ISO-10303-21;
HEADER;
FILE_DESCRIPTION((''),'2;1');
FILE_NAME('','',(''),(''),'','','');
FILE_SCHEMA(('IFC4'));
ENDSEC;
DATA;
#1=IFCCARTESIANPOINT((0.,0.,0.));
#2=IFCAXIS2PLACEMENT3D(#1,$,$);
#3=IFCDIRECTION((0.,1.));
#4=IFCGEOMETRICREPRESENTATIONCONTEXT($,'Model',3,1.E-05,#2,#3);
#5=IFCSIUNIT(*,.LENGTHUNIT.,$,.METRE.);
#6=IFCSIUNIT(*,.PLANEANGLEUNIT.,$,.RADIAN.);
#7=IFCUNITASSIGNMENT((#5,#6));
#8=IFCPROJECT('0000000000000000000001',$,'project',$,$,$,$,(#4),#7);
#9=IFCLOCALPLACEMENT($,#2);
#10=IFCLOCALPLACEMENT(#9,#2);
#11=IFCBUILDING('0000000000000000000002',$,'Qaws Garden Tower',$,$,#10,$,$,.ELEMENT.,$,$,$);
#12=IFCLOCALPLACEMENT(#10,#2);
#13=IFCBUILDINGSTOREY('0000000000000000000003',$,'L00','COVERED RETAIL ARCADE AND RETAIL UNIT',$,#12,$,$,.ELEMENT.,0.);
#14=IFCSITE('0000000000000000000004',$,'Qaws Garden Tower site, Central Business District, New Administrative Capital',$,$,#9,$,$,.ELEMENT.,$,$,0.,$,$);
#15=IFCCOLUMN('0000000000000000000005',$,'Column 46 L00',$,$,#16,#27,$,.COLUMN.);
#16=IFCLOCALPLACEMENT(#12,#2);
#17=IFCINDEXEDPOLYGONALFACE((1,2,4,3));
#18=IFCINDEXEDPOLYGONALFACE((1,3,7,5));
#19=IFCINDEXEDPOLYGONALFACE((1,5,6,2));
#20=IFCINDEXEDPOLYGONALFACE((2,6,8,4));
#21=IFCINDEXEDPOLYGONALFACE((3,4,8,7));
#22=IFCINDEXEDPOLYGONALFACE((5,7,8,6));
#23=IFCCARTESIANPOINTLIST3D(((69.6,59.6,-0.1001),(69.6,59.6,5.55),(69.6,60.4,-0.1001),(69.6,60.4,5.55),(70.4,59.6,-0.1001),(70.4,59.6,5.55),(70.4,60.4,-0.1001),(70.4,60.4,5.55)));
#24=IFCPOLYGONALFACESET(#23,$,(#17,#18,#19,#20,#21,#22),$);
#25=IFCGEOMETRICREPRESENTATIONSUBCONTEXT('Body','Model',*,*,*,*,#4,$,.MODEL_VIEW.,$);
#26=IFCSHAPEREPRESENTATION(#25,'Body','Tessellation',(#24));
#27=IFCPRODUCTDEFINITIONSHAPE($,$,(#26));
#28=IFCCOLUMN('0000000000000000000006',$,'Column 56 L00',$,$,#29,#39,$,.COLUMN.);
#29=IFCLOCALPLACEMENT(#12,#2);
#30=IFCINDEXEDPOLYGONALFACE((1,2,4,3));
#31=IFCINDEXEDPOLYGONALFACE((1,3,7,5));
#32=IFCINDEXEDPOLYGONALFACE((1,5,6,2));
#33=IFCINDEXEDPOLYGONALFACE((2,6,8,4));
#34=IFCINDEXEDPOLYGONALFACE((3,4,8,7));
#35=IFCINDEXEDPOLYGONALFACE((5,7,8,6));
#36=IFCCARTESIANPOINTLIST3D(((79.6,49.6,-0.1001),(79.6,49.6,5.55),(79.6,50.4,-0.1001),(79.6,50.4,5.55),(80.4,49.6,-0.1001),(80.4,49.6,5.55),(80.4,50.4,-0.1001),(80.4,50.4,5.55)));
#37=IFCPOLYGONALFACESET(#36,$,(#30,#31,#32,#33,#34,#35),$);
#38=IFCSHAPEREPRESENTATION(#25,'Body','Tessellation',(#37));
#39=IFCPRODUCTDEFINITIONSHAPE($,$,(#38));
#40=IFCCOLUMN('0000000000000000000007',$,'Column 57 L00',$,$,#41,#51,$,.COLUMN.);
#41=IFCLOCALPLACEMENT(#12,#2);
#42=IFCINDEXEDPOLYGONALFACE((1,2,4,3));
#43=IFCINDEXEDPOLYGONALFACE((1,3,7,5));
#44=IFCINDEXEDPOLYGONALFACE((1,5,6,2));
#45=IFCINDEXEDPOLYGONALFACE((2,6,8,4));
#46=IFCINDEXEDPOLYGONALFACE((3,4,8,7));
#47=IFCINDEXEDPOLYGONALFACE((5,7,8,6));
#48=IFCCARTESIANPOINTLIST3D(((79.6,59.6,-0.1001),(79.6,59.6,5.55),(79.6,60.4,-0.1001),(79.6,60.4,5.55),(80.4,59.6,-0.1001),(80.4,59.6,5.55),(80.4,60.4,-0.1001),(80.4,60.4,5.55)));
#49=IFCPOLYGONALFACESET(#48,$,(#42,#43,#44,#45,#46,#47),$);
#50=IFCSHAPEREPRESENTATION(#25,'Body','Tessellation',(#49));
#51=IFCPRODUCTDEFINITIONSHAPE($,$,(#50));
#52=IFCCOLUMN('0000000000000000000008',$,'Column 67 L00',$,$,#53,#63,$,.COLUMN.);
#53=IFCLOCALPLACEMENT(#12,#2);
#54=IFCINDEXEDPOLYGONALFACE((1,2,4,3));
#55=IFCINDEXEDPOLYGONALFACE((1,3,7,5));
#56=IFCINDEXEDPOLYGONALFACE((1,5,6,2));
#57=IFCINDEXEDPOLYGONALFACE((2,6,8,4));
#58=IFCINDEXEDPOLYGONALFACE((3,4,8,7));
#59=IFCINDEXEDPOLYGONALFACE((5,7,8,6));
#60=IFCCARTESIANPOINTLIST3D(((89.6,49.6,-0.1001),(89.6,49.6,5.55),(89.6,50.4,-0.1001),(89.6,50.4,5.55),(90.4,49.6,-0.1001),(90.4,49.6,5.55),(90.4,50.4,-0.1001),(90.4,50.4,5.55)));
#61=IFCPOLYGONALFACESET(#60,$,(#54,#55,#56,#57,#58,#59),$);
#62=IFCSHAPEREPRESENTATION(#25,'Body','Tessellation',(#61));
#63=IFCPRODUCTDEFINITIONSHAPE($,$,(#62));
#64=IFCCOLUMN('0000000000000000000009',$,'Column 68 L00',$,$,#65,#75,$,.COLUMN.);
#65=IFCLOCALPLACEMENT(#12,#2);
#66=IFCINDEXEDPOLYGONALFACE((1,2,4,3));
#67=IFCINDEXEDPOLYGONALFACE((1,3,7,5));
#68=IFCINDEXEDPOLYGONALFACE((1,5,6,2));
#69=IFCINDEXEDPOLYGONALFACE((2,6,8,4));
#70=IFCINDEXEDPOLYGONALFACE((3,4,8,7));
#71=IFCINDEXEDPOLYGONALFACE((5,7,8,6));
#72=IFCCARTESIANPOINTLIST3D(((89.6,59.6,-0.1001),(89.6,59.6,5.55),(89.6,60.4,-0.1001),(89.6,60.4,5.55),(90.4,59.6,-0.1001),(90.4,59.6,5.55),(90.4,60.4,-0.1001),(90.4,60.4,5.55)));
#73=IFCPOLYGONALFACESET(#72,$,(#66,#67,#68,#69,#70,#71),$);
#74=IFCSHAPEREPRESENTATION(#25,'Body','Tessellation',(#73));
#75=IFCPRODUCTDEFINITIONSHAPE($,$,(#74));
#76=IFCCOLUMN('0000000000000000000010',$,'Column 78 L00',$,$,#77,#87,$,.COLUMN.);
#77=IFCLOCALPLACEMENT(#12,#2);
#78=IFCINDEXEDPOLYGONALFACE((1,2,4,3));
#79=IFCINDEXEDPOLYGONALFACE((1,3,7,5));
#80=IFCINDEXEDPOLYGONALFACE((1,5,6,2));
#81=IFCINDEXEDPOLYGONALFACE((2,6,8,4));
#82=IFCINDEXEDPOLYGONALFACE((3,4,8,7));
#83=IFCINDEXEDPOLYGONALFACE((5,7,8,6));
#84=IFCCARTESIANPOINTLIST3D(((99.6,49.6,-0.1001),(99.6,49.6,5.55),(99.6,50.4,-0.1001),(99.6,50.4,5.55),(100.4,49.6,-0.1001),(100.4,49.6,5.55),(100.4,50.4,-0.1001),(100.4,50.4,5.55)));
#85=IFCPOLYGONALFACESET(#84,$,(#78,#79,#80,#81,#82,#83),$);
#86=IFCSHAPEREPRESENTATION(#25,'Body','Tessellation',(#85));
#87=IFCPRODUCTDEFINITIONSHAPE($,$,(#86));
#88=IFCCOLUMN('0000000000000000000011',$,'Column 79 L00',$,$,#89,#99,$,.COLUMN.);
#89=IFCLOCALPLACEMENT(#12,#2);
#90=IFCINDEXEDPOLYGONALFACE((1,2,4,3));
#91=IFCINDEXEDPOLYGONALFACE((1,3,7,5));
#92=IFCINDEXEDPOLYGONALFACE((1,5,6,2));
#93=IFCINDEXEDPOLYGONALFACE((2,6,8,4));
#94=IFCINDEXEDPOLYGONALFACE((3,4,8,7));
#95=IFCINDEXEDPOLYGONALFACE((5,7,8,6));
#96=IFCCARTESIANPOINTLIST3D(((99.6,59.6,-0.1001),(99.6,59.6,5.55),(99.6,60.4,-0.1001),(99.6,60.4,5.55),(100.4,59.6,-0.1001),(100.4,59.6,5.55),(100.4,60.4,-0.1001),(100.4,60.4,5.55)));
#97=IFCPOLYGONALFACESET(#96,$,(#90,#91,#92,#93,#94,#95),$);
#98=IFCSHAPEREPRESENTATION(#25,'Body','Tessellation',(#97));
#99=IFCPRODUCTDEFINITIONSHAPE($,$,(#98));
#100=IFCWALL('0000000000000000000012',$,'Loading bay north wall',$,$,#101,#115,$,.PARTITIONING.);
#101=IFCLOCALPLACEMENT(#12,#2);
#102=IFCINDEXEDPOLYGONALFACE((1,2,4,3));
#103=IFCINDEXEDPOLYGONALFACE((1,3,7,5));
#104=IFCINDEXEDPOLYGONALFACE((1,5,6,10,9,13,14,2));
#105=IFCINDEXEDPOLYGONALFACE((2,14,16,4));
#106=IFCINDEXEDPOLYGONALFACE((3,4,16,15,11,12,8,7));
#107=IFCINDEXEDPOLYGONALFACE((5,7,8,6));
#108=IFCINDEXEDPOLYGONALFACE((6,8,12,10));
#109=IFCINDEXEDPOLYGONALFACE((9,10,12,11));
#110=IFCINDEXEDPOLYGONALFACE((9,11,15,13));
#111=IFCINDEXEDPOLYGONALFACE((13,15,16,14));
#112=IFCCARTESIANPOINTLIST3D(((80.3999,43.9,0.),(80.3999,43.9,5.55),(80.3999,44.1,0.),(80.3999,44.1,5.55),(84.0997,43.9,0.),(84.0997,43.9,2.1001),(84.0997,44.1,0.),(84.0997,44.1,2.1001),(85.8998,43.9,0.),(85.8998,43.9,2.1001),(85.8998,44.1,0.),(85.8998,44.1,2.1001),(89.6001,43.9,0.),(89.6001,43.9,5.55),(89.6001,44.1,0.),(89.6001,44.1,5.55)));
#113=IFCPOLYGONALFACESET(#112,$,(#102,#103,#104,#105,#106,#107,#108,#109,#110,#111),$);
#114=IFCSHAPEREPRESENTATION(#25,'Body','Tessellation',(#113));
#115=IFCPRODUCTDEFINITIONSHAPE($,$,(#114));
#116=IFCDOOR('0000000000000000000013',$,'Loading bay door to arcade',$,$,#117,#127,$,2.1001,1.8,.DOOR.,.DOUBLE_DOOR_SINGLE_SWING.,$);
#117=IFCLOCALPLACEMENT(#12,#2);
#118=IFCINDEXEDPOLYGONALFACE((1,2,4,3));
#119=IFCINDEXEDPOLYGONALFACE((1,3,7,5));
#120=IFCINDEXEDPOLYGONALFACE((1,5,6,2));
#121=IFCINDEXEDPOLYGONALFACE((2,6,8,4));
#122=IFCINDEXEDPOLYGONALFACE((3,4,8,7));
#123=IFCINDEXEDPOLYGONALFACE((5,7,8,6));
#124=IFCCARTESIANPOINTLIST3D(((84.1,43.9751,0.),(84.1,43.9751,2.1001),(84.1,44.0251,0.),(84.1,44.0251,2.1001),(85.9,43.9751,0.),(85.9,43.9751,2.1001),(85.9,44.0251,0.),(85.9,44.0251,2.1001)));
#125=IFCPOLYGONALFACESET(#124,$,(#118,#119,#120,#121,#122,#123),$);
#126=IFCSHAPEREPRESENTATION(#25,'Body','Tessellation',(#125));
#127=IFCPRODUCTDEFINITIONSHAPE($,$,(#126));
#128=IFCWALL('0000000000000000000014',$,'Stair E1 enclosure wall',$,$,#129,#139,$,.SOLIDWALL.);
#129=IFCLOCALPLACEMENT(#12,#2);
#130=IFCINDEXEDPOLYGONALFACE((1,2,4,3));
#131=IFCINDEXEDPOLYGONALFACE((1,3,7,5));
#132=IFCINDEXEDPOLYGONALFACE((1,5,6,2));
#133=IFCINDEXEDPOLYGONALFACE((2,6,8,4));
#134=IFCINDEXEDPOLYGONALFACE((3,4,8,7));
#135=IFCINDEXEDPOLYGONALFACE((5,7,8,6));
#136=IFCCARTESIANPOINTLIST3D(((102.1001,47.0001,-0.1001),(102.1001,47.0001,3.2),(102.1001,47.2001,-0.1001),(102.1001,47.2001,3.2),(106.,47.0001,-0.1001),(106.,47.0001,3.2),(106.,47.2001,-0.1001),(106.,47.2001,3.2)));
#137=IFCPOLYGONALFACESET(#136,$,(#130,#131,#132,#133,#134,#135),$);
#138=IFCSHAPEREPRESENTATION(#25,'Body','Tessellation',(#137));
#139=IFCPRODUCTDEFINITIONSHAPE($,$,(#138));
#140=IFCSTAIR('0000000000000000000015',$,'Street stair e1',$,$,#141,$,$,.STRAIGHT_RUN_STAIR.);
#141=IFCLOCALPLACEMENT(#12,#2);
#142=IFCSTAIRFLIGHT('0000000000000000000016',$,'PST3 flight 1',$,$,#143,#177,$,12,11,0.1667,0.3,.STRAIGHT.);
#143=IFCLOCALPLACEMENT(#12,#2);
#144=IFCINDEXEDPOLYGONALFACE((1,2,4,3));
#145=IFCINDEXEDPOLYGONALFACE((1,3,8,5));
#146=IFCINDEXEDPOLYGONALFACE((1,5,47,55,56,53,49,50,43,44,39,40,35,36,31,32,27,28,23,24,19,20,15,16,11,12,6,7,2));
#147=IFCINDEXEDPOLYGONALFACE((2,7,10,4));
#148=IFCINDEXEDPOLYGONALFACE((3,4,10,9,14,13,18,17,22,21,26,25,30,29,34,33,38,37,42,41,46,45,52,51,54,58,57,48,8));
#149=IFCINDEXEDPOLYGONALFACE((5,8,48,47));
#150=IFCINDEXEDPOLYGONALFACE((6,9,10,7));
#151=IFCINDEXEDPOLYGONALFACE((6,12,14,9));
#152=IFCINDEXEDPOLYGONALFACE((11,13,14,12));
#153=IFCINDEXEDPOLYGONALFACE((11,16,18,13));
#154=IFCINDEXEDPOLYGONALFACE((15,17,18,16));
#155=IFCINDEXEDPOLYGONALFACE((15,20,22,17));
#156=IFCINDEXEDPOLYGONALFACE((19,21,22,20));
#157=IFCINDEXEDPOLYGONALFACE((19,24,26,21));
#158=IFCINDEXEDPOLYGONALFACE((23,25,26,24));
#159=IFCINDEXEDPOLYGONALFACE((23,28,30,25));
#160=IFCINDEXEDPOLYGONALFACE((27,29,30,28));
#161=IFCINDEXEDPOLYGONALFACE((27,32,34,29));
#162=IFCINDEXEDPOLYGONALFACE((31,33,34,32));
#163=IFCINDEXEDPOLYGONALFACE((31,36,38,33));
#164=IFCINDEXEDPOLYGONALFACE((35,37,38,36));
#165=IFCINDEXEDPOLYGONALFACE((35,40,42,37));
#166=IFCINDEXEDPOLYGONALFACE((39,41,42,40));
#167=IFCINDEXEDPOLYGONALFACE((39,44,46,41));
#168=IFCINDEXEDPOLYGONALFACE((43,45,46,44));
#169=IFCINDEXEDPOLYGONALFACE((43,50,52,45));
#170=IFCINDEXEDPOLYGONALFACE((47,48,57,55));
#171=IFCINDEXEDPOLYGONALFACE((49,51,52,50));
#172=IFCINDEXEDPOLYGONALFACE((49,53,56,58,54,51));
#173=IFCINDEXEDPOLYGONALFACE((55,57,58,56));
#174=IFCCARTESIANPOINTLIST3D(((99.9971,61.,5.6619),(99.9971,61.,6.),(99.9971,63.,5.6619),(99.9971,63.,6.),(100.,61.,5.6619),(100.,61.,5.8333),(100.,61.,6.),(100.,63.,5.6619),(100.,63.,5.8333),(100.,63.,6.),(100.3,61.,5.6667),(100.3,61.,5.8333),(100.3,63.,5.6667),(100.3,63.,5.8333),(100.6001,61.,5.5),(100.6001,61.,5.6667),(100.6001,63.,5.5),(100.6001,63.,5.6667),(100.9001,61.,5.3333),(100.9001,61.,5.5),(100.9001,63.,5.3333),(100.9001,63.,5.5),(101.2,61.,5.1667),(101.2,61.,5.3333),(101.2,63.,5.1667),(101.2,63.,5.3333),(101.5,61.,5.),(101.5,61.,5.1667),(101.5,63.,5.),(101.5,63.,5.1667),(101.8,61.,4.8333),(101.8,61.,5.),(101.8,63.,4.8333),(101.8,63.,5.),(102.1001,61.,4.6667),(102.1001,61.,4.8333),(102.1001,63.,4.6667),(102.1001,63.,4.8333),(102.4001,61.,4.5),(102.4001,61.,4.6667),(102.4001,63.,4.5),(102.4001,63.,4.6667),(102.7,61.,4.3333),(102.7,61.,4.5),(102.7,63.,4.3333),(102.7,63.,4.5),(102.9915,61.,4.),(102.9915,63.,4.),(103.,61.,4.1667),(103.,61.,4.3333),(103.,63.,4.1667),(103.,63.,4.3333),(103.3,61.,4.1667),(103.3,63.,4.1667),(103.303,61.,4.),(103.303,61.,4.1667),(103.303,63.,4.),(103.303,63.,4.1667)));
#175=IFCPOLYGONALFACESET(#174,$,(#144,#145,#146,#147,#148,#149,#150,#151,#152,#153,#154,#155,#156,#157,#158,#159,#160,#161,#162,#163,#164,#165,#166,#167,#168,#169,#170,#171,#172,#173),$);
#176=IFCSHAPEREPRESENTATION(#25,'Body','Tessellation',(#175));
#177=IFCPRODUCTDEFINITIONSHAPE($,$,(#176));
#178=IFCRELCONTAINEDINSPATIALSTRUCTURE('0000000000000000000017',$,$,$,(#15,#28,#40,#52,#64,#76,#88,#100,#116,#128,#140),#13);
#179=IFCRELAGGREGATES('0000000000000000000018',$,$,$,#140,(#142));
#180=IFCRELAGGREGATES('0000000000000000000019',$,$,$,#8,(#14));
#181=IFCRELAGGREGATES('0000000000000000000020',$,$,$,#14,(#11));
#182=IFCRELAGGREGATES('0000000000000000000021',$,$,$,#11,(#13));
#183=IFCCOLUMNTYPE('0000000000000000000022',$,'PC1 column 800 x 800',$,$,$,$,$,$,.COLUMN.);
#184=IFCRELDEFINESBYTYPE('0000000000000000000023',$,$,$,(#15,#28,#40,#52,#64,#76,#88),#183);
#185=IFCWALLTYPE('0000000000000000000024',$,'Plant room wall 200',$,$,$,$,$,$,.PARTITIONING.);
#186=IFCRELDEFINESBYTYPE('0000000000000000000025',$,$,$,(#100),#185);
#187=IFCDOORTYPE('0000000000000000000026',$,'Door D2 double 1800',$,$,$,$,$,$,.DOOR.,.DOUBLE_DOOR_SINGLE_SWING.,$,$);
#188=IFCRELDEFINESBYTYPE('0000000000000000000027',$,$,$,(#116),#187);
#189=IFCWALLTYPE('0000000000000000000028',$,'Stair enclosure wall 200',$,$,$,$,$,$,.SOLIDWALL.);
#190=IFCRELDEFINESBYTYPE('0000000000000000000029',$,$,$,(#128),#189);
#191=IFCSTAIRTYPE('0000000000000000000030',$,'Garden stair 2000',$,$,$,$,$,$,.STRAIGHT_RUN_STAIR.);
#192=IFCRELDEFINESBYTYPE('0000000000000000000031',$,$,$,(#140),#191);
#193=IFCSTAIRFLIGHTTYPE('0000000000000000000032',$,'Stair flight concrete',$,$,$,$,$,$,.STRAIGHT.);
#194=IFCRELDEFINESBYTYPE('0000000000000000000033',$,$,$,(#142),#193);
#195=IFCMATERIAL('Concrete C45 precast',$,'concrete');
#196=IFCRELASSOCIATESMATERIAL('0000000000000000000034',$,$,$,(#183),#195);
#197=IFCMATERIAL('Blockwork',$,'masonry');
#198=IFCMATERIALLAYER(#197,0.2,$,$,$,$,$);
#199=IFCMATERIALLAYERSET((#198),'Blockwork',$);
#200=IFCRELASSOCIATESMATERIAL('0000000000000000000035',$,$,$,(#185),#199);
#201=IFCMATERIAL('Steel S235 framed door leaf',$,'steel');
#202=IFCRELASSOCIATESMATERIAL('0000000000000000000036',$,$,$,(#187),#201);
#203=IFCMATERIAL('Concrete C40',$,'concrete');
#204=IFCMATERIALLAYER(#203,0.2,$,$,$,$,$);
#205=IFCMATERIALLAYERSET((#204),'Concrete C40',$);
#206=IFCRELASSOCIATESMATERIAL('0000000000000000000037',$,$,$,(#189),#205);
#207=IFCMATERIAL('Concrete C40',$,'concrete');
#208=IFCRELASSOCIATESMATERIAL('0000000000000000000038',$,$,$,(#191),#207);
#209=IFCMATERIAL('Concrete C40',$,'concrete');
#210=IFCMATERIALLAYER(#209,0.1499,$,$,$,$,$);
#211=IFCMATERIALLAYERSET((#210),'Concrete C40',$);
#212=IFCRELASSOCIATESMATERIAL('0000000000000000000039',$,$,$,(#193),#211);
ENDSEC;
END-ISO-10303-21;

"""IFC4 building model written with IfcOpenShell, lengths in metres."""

from ifc_helpers import new_model, si_unit, direction, frame, frame_2d, origin, origin_2d, place, context, subcontext, project, spatial, polyline, rectangle, outline, extrude, material, layer, layer_set, material_profile, profile_set, type_object, element, fill, aggregate, save


model = new_model("IFC4")

# Units and contexts
model_context = context("Model", 3, precision=1e-05, world=origin(), true_north=direction((0.0, 1.0)))
body_context = subcontext(model_context, "Body", "Model", "MODEL_VIEW")
ifc_project = project(units=[si_unit("LENGTHUNIT", "METRE"), si_unit("PLANEANGLEUNIT", "RADIAN")], contexts=[model_context])

# Site, building, storey
site_placement = place(None, origin())
site = spatial("IfcSite", under=ifc_project, at=site_placement, Name="Qaws Garden Tower site, Central Business District, New Administrative Capital", CompositionType="ELEMENT", RefElevation=0.0)
building_placement = place(site_placement, origin())
building = spatial("IfcBuilding", under=site, at=building_placement, Name="Qaws Garden Tower", CompositionType="ELEMENT")
storey_placement = place(building_placement, origin())
storey = spatial("IfcBuildingStorey", under=building, at=storey_placement, Name="L00", Description="COVERED RETAIL ARCADE AND RETAIL UNIT", CompositionType="ELEMENT", Elevation=0.0)

# Columns
ifc_material_1 = material(Name="Concrete C45 precast", Category="concrete")
ifc_material_profile = material_profile(ifc_material_1, rectangle(XDim=0.8, YDim=0.8, at=origin_2d()), Name="PC1 column 800 x 800")
ifc_profile_set = profile_set([ifc_material_profile], Name="Concrete C45 precast")
column_type = type_object("IfcColumnType", Name="PC1 column 800 x 800", PredefinedType="COLUMN", material=ifc_profile_set)
for number, where, z_axis, x_axis, name in (
    (1, (70.0, 60.0, -0.1001), (0.0, 0.0, 1.0), (1.0, 0.0, 0.0), "Column 46 L00"),
    (2, (80.0, 50.0, -0.1001), (0.0, 0.0, 1.0), (1.0, 0.0, 0.0), "Column 56 L00"),
    (3, (80.0, 60.0, -0.1001), (0.0, 0.0, 1.0), (1.0, 0.0, 0.0), "Column 57 L00"),
    (4, (90.0, 50.0, -0.1001), (0.0, 0.0, 1.0), (1.0, 0.0, 0.0), "Column 67 L00"),
    (5, (90.0, 60.0, -0.1001), (0.0, 0.0, 1.0), (1.0, 0.0, 0.0), "Column 68 L00"),
    (6, (100.0, 50.0, -0.1001), (0.0, 0.0, 1.0), (1.0, 0.0, 0.0), "Column 78 L00"),
    (7, (100.0, 60.0, -0.1001), (0.0, 0.0, 1.0), (1.0, 0.0, 0.0), "Column 79 L00"),
):
    element("IfcColumn", number, at=place(storey_placement, frame(where, z_axis=z_axis, x_axis=x_axis)), inside=storey, type_object=column_type, Name=name, PredefinedType="COLUMN", context=body_context, shape_type="SweptSolid", body=[
        extrude(rectangle(XDim=0.8, YDim=0.8, at=origin_2d()), origin(), (0.0, 0.0, 1.0), 5.6501),
    ])

# Wall, opening, door
ifc_material_2 = material(Name="Blockwork", Category="masonry")
ifc_layer_1 = layer(ifc_material_2, 0.2)
ifc_layer_set_1 = layer_set([ifc_layer_1], Name="Blockwork")
wall_type_1 = type_object("IfcWallType", Name="Plant room wall 200", PredefinedType="PARTITIONING", material=ifc_layer_set_1)
wall_1_placement = place(storey_placement, frame((80.3999, 44.0, 0.0), z_axis=(0.0, 0.0, 1.0), x_axis=(1.0, 0.0, 0.0)))
wall_1 = element("IfcWall", 8, at=wall_1_placement, inside=storey, type_object=wall_type_1, Name="Loading bay north wall", PredefinedType="PARTITIONING", context=body_context, shape_type="SweptSolid", body=[
    extrude(rectangle(XDim=9.2002, YDim=0.2, at=frame_2d((4.6001, 0.0))), origin(), (0.0, 0.0, 1.0), 5.55),
])
opening_placement = place(wall_1_placement, frame((3.7, 0.0, 0.0)))
opening = element("IfcOpeningElement", 9, at=opening_placement, cuts=wall_1, PredefinedType="OPENING", context=body_context, shape_type="SweptSolid", body=[
    extrude(rectangle(XDim=1.8, YDim=2.1001, at=frame_2d((0.8999, 1.05))), frame((0.0, 0.1099, 0.0), z_axis=(0.0, -1.0, 0.0), x_axis=(1.0, 0.0, 0.0)), (0.0, 0.0, 1.0), 0.22),
])
ifc_material_3 = material(Name="Steel S235 framed door leaf", Category="steel")
door_type = type_object("IfcDoorType", Name="Door D2 double 1800", OperationType="DOUBLE_DOOR_SINGLE_SWING", PredefinedType="DOOR", material=ifc_material_3)
door_placement = place(opening_placement, frame((1.8, 0.0, 0.0), z_axis=(0.0, 0.0, 1.0), x_axis=(-1.0, 0.0, 0.0)))
door = element("IfcDoor", 10, at=door_placement, inside=storey, type_object=door_type, Name="Loading bay door to arcade", OperationType="DOUBLE_DOOR_SINGLE_SWING", OverallHeight=2.1001, OverallWidth=1.8, PredefinedType="DOOR", context=body_context, shape_type="SweptSolid", body=[
    extrude(rectangle(XDim=1.8, YDim=2.1001, at=frame_2d((0.8999, 1.05))), frame((0.0, 0.0249, 0.0), z_axis=(0.0, -1.0, 0.0), x_axis=(1.0, 0.0, 0.0)), (0.0, 0.0, 1.0), 0.05),
])
fill(opening, door)

# Wall
ifc_material_4 = material(Name="Concrete C40", Category="concrete")
ifc_layer_2 = layer(ifc_material_4, 0.2)
ifc_layer_set_2 = layer_set([ifc_layer_2], Name="Concrete C40")
wall_type_2 = type_object("IfcWallType", Name="Stair enclosure wall 200", PredefinedType="SOLIDWALL", material=ifc_layer_set_2)
wall_2_placement = place(storey_placement, frame((102.1001, 47.1001, -0.1001), z_axis=(0.0, 0.0, 1.0), x_axis=(1.0, 0.0, 0.0)))
element("IfcWall", 11, at=wall_2_placement, inside=storey, type_object=wall_type_2, Name="Stair E1 enclosure wall", PredefinedType="SOLIDWALL", context=body_context, shape_type="SweptSolid", body=[
    extrude(rectangle(XDim=3.8999, YDim=0.2, at=frame_2d((1.95, 0.0))), origin(), (0.0, 0.0, 1.0), 3.3),
])

# Stair, stair flight
ifc_material_5 = material(Name="Concrete C40", Category="concrete")
stair_type = type_object("IfcStairType", Name="Garden stair 2000", PredefinedType="STRAIGHT_RUN_STAIR", material=ifc_material_5)
placement = place(storey_placement, origin())
stair_1 = element("IfcStair", 12, at=placement, inside=storey, type_object=stair_type, Name="Street stair e1", PredefinedType="STRAIGHT_RUN_STAIR")
ifc_material_6 = material(Name="Concrete C40", Category="concrete")
ifc_layer_3 = layer(ifc_material_6, 0.1499)
ifc_layer_set_3 = layer_set([ifc_layer_3], Name="Concrete C40")
stair_flight_type = type_object("IfcStairFlightType", Name="Stair flight concrete", PredefinedType="STRAIGHT", material=ifc_layer_set_3)
stair_flight_1_placement = place(storey_placement, frame((103.3, 62.0, 4.0), z_axis=(0.0, 0.0, 1.0), x_axis=(-1.0, 0.0, 0.0)))
stair_flight_1 = element("IfcStairFlight", 13, at=stair_flight_1_placement, type_object=stair_flight_type, Name="PST3 flight 1", NumberOfRisers=12, NumberOfTreads=11, PredefinedType="STRAIGHT", RiserHeight=0.1667, TreadLength=0.3, context=body_context, shape_type="SweptSolid", body=[
    extrude(outline(polyline([(-0.0029, 0.0), (-0.0029, 0.1667), (0.0, 0.1667), (0.3, 0.1667), (0.3, 0.3333), (0.6001, 0.3333), (0.6001, 0.5), (0.8999, 0.5), (0.8999, 0.6667), (1.2, 0.6667), (1.2, 0.8333), (1.5, 0.8333), (1.5, 1.0), (1.8, 1.0), (1.8, 1.1667), (2.1001, 1.1667), (2.1001, 1.3333), (2.3999, 1.3333), (2.3999, 1.5), (2.7, 1.5), (2.7, 1.6667), (3.0, 1.6667), (3.0, 1.8333), (3.3, 1.8333), (3.3, 2.0), (3.303, 2.0), (3.303, 1.6619), (3.3, 1.6619), (0.3086, 0.0), (-0.0029, 0.0)])), frame((0.0, 1.0, 0.0), z_axis=(0.0, -1.0, 0.0), x_axis=(1.0, 0.0, 0.0)), (0.0, 0.0, 1.0), 2.0),
])
aggregate(stair_1, [stair_flight_1])

save(model, "model.ifc")
